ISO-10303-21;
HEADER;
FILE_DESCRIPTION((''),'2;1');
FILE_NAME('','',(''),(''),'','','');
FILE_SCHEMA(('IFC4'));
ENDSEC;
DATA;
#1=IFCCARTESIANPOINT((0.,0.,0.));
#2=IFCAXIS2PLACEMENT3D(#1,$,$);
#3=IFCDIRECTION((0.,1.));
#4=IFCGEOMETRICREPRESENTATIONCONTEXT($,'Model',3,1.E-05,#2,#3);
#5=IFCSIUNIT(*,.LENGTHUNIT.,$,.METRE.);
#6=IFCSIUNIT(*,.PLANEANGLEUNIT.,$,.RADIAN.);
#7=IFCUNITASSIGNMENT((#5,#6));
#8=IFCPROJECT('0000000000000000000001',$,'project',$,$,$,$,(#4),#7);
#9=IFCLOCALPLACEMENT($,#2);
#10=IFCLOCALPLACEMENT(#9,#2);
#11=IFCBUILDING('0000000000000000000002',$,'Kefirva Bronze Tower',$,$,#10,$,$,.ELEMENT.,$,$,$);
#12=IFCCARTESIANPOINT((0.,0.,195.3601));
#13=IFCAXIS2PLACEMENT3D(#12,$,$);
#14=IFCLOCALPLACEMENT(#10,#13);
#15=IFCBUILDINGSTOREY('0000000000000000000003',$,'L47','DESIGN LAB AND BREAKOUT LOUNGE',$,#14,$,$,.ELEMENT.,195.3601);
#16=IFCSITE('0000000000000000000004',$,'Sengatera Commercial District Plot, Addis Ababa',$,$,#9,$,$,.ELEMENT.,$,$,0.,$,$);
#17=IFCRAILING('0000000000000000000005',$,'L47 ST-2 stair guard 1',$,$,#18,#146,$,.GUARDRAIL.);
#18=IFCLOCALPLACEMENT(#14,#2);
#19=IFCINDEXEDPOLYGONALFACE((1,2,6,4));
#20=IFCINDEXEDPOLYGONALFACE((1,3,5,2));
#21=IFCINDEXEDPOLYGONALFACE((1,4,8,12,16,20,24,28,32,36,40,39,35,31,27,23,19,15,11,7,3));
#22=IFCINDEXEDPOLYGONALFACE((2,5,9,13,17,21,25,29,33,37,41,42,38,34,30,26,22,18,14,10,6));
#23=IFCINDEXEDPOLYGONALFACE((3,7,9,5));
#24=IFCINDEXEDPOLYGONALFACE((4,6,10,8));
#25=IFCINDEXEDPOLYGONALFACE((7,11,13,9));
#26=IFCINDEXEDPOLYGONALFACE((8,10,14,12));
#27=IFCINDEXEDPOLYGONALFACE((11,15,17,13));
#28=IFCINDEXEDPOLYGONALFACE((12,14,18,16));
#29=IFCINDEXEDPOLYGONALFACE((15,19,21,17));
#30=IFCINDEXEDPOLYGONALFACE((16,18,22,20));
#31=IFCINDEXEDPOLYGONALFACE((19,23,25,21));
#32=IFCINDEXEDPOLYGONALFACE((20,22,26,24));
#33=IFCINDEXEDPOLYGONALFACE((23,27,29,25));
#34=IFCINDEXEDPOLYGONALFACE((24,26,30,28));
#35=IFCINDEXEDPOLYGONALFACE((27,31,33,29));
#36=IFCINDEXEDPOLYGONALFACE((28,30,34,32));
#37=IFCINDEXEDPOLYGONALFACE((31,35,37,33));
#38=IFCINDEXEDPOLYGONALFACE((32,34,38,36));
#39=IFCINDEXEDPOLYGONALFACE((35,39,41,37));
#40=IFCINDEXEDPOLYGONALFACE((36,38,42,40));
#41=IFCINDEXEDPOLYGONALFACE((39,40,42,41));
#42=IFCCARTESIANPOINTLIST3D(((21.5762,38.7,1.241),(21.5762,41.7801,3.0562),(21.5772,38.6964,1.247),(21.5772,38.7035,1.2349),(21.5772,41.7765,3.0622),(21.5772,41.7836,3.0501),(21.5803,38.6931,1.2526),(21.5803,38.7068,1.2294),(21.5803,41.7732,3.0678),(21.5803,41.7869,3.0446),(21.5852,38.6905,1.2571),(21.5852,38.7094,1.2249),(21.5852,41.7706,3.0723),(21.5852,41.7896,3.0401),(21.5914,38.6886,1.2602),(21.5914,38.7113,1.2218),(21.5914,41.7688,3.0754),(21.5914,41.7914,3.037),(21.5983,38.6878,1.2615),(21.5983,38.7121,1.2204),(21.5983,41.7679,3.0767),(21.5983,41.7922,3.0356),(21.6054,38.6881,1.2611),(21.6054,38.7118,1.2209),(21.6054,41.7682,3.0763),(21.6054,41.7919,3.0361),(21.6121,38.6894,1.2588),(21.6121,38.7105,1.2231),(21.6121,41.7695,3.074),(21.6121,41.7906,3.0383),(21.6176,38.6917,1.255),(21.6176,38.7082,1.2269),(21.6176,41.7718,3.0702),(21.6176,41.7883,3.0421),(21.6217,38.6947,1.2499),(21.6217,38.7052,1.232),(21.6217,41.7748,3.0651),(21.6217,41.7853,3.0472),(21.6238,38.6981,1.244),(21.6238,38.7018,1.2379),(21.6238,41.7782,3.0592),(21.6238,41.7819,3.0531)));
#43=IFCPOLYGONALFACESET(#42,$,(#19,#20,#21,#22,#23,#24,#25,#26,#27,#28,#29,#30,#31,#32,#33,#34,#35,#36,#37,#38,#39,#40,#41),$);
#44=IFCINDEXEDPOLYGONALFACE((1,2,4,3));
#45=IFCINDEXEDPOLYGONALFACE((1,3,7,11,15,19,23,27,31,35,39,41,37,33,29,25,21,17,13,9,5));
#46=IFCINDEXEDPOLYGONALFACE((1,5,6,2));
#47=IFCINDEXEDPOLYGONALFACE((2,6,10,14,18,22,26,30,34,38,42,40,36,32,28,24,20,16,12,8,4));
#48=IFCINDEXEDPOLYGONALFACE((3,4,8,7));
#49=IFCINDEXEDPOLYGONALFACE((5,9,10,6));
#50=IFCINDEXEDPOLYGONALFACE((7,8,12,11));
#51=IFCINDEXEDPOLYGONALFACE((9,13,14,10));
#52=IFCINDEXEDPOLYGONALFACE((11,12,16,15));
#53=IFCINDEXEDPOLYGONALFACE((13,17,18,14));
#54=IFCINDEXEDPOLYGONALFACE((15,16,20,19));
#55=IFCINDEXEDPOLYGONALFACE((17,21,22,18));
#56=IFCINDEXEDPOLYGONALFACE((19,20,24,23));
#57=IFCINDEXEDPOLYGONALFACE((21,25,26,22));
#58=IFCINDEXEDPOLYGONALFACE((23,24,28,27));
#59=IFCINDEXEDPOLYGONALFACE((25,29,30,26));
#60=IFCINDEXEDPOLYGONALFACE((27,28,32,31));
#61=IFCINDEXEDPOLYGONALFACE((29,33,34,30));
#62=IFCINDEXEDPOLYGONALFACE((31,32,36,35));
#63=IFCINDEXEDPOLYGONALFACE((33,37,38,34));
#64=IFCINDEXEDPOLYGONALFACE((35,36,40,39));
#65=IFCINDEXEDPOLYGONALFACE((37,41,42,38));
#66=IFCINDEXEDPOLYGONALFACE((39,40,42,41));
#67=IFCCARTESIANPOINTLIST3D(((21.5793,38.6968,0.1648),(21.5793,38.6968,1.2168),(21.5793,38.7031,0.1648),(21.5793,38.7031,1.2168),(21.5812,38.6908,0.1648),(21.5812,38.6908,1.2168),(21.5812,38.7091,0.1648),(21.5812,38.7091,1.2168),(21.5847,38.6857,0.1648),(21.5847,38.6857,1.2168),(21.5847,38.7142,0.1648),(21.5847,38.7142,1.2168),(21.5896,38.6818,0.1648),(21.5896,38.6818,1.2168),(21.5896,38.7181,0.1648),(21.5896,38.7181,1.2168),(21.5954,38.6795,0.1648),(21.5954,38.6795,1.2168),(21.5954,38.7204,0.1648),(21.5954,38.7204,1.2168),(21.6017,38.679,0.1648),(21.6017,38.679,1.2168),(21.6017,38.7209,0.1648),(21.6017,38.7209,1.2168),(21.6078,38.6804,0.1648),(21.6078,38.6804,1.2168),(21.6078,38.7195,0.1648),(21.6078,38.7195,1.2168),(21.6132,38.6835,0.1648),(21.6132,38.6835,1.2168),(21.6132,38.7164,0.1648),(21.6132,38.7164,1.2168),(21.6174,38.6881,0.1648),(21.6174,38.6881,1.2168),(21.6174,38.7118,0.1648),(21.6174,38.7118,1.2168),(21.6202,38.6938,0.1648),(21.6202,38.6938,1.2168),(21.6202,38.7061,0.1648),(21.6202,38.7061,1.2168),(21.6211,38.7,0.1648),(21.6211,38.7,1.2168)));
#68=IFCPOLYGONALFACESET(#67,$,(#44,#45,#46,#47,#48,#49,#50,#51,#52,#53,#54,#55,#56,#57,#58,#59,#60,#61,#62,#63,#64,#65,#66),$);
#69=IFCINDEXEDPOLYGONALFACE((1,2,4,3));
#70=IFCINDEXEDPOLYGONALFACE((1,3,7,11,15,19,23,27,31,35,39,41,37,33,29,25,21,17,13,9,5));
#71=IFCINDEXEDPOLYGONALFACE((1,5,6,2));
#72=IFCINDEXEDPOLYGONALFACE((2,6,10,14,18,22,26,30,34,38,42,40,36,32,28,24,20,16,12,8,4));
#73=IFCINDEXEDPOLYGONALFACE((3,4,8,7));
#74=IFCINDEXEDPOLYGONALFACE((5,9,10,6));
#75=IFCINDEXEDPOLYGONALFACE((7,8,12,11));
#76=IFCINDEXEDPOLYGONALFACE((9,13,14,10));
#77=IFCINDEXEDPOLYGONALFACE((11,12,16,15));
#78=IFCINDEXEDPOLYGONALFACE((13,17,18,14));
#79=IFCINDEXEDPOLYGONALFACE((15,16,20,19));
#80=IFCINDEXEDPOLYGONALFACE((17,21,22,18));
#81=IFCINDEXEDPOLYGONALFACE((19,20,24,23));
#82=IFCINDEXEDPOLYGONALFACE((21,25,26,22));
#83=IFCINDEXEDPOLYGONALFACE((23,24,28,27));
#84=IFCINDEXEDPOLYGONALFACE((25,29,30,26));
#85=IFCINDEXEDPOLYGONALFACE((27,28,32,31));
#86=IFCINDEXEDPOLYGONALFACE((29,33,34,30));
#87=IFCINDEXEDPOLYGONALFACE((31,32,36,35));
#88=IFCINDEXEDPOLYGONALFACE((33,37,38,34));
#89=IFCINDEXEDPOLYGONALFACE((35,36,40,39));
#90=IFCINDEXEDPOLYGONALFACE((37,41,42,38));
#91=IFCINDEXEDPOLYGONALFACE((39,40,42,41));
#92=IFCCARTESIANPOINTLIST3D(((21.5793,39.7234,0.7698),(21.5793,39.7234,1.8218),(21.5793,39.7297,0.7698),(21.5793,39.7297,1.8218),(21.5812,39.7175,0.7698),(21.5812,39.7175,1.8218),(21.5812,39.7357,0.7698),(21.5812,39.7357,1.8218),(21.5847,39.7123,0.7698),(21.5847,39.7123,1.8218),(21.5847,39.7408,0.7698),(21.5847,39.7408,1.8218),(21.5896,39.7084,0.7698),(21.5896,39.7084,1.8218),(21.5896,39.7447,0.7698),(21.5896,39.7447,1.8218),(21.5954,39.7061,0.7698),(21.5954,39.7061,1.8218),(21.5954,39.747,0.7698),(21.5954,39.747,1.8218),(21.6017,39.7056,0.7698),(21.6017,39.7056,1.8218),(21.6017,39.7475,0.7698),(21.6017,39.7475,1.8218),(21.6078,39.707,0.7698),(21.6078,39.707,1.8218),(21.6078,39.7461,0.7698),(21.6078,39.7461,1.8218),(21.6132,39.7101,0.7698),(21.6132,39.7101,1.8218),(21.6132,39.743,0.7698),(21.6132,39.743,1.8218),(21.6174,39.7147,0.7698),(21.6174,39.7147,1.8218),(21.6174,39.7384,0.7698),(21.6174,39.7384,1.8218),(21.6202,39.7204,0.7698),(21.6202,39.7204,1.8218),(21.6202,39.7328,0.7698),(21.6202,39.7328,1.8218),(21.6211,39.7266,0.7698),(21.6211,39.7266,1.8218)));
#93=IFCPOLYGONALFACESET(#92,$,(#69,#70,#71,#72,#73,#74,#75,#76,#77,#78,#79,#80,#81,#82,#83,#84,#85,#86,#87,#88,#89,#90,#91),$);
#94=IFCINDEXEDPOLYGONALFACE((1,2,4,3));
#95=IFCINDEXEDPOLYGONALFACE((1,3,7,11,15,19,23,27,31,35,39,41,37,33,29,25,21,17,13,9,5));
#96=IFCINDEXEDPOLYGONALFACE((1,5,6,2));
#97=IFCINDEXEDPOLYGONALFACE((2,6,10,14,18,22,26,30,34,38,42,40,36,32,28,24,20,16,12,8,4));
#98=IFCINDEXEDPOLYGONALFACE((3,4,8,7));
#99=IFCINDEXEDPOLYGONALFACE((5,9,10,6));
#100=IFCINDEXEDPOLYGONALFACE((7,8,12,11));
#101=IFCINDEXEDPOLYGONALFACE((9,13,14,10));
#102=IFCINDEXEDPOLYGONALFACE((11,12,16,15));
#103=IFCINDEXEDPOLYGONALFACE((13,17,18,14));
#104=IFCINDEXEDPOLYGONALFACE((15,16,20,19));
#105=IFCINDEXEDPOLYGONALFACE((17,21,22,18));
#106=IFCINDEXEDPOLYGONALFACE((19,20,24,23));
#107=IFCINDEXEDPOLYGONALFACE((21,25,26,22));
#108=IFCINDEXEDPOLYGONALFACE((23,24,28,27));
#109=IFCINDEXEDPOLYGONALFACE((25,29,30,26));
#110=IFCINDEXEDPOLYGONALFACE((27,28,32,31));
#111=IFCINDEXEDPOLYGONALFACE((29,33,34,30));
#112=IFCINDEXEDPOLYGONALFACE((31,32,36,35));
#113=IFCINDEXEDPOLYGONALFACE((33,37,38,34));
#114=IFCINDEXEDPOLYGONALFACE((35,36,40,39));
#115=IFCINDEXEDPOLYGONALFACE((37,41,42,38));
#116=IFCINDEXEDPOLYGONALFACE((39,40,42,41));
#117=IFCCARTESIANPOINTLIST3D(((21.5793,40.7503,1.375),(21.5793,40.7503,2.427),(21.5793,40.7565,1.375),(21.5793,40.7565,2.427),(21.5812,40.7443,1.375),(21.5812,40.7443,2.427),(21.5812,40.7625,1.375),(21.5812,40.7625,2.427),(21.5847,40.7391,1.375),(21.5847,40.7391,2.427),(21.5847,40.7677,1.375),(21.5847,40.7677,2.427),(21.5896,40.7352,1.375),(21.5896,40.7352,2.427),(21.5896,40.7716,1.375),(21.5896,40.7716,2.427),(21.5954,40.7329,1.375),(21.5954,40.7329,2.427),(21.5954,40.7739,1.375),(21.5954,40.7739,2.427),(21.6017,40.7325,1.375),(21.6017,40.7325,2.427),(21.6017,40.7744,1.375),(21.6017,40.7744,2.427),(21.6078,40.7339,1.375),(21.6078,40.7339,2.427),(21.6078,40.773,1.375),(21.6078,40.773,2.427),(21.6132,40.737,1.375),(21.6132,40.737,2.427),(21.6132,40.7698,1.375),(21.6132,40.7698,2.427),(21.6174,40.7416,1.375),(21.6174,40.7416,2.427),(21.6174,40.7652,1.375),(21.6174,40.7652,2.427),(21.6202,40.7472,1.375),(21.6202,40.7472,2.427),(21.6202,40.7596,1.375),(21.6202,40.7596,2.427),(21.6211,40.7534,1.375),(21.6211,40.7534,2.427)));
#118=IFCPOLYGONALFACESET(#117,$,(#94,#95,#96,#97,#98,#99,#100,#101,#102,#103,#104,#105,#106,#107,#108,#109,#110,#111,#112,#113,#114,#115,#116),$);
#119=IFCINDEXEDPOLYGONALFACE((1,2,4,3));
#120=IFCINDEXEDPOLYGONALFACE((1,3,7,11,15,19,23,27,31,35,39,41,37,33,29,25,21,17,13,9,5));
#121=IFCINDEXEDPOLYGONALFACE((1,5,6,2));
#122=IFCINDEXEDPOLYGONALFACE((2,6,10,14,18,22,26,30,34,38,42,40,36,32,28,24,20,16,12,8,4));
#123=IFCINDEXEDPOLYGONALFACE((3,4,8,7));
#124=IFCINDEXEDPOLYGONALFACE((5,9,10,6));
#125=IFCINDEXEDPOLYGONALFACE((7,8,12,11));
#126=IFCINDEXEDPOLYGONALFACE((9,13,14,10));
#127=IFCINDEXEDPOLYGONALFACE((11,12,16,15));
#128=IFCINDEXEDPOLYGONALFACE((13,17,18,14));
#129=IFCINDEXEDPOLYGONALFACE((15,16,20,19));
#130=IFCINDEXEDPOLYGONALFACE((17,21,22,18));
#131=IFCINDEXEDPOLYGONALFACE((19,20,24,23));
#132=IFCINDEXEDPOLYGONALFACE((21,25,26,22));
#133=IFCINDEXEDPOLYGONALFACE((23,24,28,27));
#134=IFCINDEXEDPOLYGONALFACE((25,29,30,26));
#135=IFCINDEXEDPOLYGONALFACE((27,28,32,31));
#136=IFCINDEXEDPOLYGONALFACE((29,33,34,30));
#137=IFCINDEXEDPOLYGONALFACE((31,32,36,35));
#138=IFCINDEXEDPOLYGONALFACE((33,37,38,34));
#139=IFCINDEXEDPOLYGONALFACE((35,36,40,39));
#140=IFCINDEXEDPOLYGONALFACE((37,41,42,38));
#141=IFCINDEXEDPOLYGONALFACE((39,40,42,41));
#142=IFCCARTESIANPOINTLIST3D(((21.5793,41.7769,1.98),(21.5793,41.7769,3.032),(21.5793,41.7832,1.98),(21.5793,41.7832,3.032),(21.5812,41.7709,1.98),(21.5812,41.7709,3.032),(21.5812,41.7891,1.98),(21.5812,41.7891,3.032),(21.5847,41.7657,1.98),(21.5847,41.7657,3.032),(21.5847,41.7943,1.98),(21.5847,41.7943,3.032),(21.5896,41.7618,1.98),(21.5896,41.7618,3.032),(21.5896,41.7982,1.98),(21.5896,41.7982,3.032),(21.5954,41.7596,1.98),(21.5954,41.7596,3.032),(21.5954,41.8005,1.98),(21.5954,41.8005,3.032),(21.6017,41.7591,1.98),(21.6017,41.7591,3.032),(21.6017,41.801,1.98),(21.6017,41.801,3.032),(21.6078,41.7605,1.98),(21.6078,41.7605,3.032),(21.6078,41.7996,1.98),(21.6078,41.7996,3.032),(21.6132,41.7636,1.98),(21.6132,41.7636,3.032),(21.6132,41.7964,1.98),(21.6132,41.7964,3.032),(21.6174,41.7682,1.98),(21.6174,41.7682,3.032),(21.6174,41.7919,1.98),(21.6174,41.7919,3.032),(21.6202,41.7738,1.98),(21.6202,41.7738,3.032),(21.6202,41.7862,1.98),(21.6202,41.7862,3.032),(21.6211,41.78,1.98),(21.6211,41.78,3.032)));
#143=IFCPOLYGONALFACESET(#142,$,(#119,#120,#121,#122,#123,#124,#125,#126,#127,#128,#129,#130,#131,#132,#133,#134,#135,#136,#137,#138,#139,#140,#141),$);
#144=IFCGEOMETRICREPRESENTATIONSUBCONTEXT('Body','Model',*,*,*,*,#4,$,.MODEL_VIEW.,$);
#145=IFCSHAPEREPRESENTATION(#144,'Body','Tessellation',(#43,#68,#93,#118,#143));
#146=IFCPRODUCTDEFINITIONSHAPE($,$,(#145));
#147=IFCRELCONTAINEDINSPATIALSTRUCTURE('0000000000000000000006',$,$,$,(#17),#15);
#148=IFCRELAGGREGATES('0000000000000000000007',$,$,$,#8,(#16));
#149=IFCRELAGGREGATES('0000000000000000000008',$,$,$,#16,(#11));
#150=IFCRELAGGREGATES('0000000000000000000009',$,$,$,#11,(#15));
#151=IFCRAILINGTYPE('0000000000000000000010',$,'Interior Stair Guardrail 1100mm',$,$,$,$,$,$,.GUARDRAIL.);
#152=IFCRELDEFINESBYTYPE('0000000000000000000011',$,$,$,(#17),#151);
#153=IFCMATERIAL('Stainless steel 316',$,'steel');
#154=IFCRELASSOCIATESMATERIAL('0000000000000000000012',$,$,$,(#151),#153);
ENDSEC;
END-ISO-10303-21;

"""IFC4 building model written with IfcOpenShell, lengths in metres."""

from ifc_helpers import new_model, si_unit, direction, frame, origin, origin_2d, place, context, subcontext, project, spatial, circle, extrude, material, type_object, element, save


model = new_model("IFC4")

# Units and contexts
model_context = context("Model", 3, precision=1e-05, world=origin(), true_north=direction((0.0, 1.0)))
body_context = subcontext(model_context, "Body", "Model", "MODEL_VIEW")
ifc_project = project(units=[si_unit("LENGTHUNIT", "METRE"), si_unit("PLANEANGLEUNIT", "RADIAN")], contexts=[model_context])

# Site, building, storey
site_placement = place(None, origin())
site = spatial("IfcSite", under=ifc_project, at=site_placement, Name="Sengatera Commercial District Plot, Addis Ababa", CompositionType="ELEMENT", RefElevation=0.0)
building_placement = place(site_placement, origin())
building = spatial("IfcBuilding", under=site, at=building_placement, Name="Kefirva Bronze Tower", CompositionType="ELEMENT")
storey_placement = place(building_placement, frame((0.0, 0.0, 195.3601)))
storey = spatial("IfcBuildingStorey", under=building, at=storey_placement, Name="L47", Description="DESIGN LAB AND BREAKOUT LOUNGE", CompositionType="ELEMENT", Elevation=195.3601)

# Railing
ifc_material_1 = material(Name="Stainless steel 316", Category="steel")
railing_type_1 = type_object("IfcRailingType", Name="Interior Stair Guardrail 1100mm", PredefinedType="GUARDRAIL", material=ifc_material_1)
railing_1_placement = place(storey_placement, frame((21.6001, 38.7, 0.1648)))
element("IfcRailing", 1, at=railing_1_placement, inside=storey, type_object=railing_type_1, Name="L47 ST-2 stair guard 1", PredefinedType="GUARDRAIL", context=body_context, shape_type="SweptSolid", body=[
    extrude(circle(Radius=0.0239, at=origin_2d()), frame((0.0, 0.0, 1.0762), z_axis=(0.0, 0.861521, 0.507721), x_axis=(-1.0, 0.0, 0.0)), (0.0, 0.0, 1.0), 3.5752),
    extrude(circle(Radius=0.021, at=origin_2d()), origin(), (0.0, 0.0, 1.0), 1.052),
    extrude(circle(Radius=0.021, at=origin_2d()), frame((0.0, 1.0266, 0.605)), (0.0, 0.0, 1.0), 1.052),
    extrude(circle(Radius=0.021, at=origin_2d()), frame((0.0, 2.0535, 1.2102)), (0.0, 0.0, 1.0), 1.052),
    extrude(circle(Radius=0.021, at=origin_2d()), frame((0.0, 3.0801, 1.8152)), (0.0, 0.0, 1.0), 1.052),
])

save(model, "model.ifc")
